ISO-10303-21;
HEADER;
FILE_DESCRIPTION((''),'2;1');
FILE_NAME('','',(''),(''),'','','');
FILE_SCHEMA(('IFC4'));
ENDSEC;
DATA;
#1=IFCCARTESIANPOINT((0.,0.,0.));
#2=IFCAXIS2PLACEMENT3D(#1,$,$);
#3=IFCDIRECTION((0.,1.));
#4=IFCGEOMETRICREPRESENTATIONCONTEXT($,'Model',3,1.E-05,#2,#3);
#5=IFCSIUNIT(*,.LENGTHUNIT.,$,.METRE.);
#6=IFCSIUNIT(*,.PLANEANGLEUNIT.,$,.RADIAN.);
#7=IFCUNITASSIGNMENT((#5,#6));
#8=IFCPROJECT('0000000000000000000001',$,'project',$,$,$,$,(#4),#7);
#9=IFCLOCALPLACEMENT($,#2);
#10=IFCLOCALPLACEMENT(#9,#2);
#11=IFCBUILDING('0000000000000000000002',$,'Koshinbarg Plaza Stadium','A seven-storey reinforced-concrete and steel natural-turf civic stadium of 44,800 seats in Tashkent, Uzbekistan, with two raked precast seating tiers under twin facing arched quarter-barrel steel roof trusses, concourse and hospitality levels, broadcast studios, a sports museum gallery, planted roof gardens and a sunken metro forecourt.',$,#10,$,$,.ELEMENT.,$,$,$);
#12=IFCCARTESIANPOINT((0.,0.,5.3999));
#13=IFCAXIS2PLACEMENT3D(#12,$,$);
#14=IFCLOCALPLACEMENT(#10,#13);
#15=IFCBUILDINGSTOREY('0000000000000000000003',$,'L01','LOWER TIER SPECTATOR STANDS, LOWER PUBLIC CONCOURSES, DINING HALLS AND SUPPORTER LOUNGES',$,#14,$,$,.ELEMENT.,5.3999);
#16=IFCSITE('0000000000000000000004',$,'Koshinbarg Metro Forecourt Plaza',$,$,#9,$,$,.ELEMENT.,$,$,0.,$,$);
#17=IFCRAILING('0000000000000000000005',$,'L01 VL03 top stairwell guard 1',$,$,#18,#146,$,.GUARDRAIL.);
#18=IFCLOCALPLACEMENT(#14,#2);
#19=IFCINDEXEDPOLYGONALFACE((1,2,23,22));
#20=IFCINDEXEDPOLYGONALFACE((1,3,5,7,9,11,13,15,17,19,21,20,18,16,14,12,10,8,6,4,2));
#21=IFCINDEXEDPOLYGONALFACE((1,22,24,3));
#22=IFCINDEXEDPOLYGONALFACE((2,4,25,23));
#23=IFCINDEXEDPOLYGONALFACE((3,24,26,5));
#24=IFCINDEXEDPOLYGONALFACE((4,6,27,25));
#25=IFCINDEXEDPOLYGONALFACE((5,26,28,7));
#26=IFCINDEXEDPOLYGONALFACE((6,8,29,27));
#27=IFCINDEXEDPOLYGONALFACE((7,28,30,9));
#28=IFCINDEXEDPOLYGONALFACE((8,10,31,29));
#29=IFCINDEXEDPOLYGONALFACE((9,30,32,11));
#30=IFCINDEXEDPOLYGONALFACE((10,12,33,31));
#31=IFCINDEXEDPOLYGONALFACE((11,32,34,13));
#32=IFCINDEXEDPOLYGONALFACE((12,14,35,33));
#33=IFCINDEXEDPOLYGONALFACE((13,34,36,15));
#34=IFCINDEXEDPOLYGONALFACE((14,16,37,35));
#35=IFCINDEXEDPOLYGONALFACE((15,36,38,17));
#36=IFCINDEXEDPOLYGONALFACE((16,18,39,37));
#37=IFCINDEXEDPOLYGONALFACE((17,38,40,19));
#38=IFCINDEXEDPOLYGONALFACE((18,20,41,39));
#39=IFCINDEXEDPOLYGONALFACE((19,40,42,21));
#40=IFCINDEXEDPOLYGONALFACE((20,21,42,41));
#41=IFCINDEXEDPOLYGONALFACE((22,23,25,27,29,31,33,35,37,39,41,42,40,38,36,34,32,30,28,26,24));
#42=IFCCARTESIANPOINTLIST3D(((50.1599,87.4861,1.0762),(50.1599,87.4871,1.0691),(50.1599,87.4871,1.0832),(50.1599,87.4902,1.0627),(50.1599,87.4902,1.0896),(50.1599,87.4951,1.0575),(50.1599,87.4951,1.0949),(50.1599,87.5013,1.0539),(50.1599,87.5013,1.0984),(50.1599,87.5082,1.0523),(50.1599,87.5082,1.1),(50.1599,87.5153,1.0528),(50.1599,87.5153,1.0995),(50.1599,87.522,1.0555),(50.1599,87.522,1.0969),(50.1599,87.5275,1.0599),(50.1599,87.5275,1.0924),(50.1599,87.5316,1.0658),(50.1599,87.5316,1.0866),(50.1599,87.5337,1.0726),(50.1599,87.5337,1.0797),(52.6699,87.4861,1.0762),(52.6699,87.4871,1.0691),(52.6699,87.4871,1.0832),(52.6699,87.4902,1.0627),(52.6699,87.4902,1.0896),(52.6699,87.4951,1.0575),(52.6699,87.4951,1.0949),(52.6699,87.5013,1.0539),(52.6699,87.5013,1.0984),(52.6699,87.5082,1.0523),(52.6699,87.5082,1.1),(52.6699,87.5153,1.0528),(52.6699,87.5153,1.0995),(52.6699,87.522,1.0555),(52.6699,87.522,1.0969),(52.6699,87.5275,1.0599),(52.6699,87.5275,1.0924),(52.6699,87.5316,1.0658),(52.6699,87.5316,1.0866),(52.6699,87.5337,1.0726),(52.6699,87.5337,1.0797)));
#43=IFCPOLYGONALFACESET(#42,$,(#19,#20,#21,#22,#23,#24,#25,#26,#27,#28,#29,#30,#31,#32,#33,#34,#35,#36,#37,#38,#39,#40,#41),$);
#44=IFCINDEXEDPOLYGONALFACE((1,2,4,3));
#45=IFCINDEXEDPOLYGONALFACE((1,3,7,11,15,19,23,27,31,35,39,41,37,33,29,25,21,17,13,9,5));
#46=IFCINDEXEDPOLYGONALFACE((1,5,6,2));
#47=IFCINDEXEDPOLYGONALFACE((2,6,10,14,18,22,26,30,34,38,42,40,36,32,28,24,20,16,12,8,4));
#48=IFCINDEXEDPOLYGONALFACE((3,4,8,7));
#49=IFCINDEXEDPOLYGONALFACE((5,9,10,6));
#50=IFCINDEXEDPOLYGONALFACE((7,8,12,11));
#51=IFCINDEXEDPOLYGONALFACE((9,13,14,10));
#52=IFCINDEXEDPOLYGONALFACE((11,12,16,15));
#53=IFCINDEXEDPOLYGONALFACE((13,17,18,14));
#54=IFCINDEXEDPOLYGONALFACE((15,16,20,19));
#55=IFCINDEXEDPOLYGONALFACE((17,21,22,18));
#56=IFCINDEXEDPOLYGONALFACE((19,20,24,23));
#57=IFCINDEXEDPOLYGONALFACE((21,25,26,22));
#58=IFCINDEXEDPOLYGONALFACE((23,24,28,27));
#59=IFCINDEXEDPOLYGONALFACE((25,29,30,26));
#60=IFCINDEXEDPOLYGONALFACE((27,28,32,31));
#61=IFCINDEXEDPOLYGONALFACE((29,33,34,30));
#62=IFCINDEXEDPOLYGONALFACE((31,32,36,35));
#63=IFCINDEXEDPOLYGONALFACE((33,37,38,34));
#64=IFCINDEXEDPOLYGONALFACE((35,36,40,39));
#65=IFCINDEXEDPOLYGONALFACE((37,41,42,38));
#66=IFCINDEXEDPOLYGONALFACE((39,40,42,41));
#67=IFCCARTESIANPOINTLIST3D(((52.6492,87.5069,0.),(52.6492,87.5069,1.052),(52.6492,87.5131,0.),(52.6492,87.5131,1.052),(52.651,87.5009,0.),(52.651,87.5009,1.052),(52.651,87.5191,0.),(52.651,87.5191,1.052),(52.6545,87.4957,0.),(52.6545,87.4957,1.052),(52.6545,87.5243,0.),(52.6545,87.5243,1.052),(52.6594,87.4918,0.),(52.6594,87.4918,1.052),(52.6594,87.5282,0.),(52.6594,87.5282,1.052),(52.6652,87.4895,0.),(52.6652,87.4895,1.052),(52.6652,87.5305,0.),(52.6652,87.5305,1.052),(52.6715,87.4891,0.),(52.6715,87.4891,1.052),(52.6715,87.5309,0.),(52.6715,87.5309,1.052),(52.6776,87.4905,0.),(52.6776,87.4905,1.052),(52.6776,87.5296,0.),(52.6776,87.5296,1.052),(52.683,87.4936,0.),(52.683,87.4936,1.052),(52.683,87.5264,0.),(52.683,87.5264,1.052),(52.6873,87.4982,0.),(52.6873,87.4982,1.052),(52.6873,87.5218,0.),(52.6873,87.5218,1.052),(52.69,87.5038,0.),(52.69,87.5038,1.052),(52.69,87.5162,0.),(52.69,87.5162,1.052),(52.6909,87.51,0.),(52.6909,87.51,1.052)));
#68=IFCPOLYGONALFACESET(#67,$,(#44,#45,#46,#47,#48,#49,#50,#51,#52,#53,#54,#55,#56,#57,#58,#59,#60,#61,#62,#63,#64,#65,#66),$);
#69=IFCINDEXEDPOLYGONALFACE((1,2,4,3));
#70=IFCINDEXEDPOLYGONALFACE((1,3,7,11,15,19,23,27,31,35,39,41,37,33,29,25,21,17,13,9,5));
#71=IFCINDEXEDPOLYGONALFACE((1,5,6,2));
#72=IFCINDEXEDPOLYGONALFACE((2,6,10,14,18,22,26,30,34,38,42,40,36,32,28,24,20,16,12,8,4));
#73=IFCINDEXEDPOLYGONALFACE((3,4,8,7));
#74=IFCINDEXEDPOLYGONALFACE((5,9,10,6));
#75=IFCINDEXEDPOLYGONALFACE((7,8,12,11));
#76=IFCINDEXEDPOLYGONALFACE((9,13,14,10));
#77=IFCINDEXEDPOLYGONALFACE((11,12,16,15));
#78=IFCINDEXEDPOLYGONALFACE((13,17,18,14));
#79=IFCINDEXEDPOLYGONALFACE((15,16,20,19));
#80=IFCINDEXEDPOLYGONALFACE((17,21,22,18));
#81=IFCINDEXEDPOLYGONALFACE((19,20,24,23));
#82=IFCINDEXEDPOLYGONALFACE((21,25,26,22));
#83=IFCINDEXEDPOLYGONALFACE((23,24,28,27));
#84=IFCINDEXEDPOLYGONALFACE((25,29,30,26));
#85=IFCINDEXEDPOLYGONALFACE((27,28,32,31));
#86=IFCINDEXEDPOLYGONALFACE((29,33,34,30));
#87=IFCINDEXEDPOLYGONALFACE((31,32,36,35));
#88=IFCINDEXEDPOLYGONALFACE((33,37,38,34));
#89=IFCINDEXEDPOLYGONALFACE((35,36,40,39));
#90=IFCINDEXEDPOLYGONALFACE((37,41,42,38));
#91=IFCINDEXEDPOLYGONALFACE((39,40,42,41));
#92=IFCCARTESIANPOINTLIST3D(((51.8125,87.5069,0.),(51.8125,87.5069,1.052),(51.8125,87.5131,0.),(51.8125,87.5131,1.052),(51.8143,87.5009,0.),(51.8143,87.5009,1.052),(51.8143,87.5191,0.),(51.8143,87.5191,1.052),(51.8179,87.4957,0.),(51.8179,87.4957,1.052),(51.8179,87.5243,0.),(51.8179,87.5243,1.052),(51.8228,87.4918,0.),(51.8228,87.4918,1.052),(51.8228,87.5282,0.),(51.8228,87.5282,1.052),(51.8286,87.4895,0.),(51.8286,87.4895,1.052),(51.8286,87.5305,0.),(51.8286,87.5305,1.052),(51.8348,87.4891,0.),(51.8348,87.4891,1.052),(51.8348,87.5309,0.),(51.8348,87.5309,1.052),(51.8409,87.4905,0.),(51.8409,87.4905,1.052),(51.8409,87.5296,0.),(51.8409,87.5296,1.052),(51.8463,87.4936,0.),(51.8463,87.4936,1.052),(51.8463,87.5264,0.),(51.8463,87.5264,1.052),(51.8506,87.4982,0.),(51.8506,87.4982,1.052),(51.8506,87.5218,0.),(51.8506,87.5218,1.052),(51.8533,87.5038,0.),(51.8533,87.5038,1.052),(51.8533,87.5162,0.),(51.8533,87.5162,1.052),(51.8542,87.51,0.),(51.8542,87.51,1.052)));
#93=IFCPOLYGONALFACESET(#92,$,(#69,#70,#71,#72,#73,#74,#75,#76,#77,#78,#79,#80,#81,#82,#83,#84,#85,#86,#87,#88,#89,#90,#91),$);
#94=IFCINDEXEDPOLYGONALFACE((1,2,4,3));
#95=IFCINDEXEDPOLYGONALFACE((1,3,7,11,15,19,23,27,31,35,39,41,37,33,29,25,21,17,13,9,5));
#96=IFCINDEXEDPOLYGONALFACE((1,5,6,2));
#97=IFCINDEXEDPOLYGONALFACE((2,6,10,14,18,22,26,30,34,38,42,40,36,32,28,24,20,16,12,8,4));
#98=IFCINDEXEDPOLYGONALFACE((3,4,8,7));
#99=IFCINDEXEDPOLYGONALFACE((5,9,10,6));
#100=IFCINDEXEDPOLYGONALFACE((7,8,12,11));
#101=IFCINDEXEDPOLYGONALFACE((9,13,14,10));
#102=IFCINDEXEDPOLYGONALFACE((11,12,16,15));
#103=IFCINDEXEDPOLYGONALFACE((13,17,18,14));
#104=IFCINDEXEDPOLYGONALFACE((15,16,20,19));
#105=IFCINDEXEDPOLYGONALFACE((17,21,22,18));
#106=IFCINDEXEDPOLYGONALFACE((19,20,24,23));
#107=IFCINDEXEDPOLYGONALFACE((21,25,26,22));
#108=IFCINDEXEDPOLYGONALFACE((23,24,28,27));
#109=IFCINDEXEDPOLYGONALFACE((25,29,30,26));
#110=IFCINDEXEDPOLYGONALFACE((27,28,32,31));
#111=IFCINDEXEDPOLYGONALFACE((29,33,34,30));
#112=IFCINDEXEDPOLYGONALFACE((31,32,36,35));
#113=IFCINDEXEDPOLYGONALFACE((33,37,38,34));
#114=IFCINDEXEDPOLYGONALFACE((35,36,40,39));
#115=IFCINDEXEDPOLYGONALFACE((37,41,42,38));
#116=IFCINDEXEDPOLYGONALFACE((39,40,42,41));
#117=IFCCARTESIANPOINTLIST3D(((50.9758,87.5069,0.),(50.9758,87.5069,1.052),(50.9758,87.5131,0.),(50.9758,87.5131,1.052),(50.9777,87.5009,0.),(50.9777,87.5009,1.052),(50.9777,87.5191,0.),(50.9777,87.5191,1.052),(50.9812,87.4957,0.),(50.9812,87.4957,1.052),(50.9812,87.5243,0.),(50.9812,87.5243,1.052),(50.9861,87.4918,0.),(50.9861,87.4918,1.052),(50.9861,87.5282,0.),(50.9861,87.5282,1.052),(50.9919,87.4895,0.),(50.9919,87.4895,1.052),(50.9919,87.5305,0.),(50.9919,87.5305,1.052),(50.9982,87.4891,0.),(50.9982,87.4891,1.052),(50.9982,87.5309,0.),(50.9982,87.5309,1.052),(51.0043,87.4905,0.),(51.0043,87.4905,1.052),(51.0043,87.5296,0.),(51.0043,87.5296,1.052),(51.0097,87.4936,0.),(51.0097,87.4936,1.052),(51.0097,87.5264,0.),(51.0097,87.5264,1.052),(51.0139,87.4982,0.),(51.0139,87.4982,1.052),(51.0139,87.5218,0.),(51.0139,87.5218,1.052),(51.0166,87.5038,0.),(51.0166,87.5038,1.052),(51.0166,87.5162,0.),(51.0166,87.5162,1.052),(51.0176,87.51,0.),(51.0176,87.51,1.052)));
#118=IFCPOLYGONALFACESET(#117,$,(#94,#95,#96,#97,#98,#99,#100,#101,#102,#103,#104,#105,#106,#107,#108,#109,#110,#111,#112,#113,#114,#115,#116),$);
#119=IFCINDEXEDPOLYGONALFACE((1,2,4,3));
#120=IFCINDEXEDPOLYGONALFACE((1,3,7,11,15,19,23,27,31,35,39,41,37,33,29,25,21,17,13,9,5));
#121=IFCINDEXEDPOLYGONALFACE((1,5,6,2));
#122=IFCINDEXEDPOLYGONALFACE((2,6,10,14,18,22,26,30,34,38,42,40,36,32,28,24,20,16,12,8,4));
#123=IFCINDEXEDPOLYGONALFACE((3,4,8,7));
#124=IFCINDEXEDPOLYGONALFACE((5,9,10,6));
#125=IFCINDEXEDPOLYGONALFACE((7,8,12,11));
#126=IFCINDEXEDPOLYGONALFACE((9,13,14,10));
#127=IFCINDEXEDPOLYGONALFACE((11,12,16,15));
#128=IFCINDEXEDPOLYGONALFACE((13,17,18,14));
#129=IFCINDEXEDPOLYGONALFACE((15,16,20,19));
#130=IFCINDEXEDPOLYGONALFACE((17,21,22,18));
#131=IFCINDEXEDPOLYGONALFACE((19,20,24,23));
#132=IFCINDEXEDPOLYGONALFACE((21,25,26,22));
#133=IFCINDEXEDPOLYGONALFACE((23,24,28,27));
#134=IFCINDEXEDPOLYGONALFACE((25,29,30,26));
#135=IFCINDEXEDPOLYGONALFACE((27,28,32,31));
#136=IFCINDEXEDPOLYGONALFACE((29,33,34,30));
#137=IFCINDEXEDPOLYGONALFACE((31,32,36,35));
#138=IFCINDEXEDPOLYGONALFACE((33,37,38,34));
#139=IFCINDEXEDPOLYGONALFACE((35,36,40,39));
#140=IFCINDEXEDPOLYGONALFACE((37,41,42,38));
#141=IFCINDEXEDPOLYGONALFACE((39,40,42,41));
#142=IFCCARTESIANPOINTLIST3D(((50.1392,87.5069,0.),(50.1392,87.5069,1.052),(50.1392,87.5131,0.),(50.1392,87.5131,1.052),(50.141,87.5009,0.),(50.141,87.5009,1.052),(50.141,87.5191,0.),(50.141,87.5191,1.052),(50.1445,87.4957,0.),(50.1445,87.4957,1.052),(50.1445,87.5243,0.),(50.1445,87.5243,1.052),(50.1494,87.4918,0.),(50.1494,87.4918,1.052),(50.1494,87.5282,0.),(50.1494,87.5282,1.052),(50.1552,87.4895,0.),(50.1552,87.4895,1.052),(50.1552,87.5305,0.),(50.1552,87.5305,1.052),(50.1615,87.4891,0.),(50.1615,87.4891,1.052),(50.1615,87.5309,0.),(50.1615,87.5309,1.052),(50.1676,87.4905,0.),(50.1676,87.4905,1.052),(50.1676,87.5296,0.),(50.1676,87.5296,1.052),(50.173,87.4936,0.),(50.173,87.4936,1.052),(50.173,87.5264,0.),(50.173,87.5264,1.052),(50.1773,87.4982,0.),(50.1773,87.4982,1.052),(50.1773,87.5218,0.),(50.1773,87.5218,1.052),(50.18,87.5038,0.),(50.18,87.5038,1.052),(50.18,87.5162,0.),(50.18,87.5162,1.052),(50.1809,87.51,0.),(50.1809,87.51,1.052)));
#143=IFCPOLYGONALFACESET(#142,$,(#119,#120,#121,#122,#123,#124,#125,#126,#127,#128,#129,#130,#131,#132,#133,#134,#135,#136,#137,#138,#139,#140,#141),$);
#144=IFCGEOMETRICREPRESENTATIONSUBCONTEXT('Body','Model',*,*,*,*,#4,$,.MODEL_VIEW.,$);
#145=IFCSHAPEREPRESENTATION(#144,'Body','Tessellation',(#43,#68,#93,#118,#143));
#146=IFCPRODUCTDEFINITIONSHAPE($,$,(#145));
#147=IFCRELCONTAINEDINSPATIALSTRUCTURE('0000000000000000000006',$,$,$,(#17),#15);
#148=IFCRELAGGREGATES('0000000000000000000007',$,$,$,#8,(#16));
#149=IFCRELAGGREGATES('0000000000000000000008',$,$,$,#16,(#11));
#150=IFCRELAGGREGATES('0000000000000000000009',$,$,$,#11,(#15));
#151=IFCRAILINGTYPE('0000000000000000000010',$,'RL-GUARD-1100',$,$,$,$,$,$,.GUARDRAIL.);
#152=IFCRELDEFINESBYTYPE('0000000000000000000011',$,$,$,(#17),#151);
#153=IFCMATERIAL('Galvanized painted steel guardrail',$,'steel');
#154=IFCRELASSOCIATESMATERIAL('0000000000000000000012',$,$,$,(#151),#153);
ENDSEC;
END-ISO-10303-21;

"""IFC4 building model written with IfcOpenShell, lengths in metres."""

from ifc_helpers import new_model, si_unit, direction, frame, origin, origin_2d, place, context, subcontext, project, spatial, circle, extrude, material, type_object, element, save


model = new_model("IFC4")

# Units and contexts
model_context = context("Model", 3, precision=1e-05, world=origin(), true_north=direction((0.0, 1.0)))
body_context = subcontext(model_context, "Body", "Model", "MODEL_VIEW")
ifc_project = project(units=[si_unit("LENGTHUNIT", "METRE"), si_unit("PLANEANGLEUNIT", "RADIAN")], contexts=[model_context])

# Site, building, storey
site_placement = place(None, origin())
site = spatial("IfcSite", under=ifc_project, at=site_placement, Name="Koshinbarg Metro Forecourt Plaza", CompositionType="ELEMENT", RefElevation=0.0)
building_placement = place(site_placement, origin())
building = spatial("IfcBuilding", under=site, at=building_placement, Name="Koshinbarg Plaza Stadium", Description="A seven-storey reinforced-concrete and steel natural-turf civic stadium of 44,800 seats in Tashkent, Uzbekistan, with two raked precast seating tiers under twin facing arched quarter-barrel steel roof trusses, concourse and hospitality levels, broadcast studios, a sports museum gallery, planted roof gardens and a sunken metro forecourt.", CompositionType="ELEMENT")
storey_placement = place(building_placement, frame((0.0, 0.0, 5.3999)))
storey = spatial("IfcBuildingStorey", under=building, at=storey_placement, Name="L01", Description="LOWER TIER SPECTATOR STANDS, LOWER PUBLIC CONCOURSES, DINING HALLS AND SUPPORTER LOUNGES", CompositionType="ELEMENT", Elevation=5.3999)

# Railing
ifc_material_1 = material(Name="Galvanized painted steel guardrail", Category="steel")
railing_type = type_object("IfcRailingType", Name="RL-GUARD-1100", PredefinedType="GUARDRAIL", material=ifc_material_1)
railing_placement = place(storey_placement, frame((52.6699, 87.51, 0.0)))
element("IfcRailing", 1, at=railing_placement, inside=storey, type_object=railing_type, Name="L01 VL03 top stairwell guard 1", PredefinedType="GUARDRAIL", context=body_context, shape_type="SweptSolid", body=[
    extrude(circle(Radius=0.0239, at=origin_2d()), frame((0.0, 0.0, 1.0762), z_axis=(-1.0, 0.0, 0.0), x_axis=(0.0, -1.0, 0.0)), (0.0, 0.0, 1.0), 2.51),
    extrude(circle(Radius=0.021, at=origin_2d()), origin(), (0.0, 0.0, 1.0), 1.052),
    extrude(circle(Radius=0.021, at=origin_2d()), frame((-0.8367, 0.0, 0.0)), (0.0, 0.0, 1.0), 1.052),
    extrude(circle(Radius=0.021, at=origin_2d()), frame((-1.6733, 0.0, 0.0)), (0.0, 0.0, 1.0), 1.052),
    extrude(circle(Radius=0.021, at=origin_2d()), frame((-2.51, 0.0, 0.0)), (0.0, 0.0, 1.0), 1.052),
])

save(model, "model.ifc")
